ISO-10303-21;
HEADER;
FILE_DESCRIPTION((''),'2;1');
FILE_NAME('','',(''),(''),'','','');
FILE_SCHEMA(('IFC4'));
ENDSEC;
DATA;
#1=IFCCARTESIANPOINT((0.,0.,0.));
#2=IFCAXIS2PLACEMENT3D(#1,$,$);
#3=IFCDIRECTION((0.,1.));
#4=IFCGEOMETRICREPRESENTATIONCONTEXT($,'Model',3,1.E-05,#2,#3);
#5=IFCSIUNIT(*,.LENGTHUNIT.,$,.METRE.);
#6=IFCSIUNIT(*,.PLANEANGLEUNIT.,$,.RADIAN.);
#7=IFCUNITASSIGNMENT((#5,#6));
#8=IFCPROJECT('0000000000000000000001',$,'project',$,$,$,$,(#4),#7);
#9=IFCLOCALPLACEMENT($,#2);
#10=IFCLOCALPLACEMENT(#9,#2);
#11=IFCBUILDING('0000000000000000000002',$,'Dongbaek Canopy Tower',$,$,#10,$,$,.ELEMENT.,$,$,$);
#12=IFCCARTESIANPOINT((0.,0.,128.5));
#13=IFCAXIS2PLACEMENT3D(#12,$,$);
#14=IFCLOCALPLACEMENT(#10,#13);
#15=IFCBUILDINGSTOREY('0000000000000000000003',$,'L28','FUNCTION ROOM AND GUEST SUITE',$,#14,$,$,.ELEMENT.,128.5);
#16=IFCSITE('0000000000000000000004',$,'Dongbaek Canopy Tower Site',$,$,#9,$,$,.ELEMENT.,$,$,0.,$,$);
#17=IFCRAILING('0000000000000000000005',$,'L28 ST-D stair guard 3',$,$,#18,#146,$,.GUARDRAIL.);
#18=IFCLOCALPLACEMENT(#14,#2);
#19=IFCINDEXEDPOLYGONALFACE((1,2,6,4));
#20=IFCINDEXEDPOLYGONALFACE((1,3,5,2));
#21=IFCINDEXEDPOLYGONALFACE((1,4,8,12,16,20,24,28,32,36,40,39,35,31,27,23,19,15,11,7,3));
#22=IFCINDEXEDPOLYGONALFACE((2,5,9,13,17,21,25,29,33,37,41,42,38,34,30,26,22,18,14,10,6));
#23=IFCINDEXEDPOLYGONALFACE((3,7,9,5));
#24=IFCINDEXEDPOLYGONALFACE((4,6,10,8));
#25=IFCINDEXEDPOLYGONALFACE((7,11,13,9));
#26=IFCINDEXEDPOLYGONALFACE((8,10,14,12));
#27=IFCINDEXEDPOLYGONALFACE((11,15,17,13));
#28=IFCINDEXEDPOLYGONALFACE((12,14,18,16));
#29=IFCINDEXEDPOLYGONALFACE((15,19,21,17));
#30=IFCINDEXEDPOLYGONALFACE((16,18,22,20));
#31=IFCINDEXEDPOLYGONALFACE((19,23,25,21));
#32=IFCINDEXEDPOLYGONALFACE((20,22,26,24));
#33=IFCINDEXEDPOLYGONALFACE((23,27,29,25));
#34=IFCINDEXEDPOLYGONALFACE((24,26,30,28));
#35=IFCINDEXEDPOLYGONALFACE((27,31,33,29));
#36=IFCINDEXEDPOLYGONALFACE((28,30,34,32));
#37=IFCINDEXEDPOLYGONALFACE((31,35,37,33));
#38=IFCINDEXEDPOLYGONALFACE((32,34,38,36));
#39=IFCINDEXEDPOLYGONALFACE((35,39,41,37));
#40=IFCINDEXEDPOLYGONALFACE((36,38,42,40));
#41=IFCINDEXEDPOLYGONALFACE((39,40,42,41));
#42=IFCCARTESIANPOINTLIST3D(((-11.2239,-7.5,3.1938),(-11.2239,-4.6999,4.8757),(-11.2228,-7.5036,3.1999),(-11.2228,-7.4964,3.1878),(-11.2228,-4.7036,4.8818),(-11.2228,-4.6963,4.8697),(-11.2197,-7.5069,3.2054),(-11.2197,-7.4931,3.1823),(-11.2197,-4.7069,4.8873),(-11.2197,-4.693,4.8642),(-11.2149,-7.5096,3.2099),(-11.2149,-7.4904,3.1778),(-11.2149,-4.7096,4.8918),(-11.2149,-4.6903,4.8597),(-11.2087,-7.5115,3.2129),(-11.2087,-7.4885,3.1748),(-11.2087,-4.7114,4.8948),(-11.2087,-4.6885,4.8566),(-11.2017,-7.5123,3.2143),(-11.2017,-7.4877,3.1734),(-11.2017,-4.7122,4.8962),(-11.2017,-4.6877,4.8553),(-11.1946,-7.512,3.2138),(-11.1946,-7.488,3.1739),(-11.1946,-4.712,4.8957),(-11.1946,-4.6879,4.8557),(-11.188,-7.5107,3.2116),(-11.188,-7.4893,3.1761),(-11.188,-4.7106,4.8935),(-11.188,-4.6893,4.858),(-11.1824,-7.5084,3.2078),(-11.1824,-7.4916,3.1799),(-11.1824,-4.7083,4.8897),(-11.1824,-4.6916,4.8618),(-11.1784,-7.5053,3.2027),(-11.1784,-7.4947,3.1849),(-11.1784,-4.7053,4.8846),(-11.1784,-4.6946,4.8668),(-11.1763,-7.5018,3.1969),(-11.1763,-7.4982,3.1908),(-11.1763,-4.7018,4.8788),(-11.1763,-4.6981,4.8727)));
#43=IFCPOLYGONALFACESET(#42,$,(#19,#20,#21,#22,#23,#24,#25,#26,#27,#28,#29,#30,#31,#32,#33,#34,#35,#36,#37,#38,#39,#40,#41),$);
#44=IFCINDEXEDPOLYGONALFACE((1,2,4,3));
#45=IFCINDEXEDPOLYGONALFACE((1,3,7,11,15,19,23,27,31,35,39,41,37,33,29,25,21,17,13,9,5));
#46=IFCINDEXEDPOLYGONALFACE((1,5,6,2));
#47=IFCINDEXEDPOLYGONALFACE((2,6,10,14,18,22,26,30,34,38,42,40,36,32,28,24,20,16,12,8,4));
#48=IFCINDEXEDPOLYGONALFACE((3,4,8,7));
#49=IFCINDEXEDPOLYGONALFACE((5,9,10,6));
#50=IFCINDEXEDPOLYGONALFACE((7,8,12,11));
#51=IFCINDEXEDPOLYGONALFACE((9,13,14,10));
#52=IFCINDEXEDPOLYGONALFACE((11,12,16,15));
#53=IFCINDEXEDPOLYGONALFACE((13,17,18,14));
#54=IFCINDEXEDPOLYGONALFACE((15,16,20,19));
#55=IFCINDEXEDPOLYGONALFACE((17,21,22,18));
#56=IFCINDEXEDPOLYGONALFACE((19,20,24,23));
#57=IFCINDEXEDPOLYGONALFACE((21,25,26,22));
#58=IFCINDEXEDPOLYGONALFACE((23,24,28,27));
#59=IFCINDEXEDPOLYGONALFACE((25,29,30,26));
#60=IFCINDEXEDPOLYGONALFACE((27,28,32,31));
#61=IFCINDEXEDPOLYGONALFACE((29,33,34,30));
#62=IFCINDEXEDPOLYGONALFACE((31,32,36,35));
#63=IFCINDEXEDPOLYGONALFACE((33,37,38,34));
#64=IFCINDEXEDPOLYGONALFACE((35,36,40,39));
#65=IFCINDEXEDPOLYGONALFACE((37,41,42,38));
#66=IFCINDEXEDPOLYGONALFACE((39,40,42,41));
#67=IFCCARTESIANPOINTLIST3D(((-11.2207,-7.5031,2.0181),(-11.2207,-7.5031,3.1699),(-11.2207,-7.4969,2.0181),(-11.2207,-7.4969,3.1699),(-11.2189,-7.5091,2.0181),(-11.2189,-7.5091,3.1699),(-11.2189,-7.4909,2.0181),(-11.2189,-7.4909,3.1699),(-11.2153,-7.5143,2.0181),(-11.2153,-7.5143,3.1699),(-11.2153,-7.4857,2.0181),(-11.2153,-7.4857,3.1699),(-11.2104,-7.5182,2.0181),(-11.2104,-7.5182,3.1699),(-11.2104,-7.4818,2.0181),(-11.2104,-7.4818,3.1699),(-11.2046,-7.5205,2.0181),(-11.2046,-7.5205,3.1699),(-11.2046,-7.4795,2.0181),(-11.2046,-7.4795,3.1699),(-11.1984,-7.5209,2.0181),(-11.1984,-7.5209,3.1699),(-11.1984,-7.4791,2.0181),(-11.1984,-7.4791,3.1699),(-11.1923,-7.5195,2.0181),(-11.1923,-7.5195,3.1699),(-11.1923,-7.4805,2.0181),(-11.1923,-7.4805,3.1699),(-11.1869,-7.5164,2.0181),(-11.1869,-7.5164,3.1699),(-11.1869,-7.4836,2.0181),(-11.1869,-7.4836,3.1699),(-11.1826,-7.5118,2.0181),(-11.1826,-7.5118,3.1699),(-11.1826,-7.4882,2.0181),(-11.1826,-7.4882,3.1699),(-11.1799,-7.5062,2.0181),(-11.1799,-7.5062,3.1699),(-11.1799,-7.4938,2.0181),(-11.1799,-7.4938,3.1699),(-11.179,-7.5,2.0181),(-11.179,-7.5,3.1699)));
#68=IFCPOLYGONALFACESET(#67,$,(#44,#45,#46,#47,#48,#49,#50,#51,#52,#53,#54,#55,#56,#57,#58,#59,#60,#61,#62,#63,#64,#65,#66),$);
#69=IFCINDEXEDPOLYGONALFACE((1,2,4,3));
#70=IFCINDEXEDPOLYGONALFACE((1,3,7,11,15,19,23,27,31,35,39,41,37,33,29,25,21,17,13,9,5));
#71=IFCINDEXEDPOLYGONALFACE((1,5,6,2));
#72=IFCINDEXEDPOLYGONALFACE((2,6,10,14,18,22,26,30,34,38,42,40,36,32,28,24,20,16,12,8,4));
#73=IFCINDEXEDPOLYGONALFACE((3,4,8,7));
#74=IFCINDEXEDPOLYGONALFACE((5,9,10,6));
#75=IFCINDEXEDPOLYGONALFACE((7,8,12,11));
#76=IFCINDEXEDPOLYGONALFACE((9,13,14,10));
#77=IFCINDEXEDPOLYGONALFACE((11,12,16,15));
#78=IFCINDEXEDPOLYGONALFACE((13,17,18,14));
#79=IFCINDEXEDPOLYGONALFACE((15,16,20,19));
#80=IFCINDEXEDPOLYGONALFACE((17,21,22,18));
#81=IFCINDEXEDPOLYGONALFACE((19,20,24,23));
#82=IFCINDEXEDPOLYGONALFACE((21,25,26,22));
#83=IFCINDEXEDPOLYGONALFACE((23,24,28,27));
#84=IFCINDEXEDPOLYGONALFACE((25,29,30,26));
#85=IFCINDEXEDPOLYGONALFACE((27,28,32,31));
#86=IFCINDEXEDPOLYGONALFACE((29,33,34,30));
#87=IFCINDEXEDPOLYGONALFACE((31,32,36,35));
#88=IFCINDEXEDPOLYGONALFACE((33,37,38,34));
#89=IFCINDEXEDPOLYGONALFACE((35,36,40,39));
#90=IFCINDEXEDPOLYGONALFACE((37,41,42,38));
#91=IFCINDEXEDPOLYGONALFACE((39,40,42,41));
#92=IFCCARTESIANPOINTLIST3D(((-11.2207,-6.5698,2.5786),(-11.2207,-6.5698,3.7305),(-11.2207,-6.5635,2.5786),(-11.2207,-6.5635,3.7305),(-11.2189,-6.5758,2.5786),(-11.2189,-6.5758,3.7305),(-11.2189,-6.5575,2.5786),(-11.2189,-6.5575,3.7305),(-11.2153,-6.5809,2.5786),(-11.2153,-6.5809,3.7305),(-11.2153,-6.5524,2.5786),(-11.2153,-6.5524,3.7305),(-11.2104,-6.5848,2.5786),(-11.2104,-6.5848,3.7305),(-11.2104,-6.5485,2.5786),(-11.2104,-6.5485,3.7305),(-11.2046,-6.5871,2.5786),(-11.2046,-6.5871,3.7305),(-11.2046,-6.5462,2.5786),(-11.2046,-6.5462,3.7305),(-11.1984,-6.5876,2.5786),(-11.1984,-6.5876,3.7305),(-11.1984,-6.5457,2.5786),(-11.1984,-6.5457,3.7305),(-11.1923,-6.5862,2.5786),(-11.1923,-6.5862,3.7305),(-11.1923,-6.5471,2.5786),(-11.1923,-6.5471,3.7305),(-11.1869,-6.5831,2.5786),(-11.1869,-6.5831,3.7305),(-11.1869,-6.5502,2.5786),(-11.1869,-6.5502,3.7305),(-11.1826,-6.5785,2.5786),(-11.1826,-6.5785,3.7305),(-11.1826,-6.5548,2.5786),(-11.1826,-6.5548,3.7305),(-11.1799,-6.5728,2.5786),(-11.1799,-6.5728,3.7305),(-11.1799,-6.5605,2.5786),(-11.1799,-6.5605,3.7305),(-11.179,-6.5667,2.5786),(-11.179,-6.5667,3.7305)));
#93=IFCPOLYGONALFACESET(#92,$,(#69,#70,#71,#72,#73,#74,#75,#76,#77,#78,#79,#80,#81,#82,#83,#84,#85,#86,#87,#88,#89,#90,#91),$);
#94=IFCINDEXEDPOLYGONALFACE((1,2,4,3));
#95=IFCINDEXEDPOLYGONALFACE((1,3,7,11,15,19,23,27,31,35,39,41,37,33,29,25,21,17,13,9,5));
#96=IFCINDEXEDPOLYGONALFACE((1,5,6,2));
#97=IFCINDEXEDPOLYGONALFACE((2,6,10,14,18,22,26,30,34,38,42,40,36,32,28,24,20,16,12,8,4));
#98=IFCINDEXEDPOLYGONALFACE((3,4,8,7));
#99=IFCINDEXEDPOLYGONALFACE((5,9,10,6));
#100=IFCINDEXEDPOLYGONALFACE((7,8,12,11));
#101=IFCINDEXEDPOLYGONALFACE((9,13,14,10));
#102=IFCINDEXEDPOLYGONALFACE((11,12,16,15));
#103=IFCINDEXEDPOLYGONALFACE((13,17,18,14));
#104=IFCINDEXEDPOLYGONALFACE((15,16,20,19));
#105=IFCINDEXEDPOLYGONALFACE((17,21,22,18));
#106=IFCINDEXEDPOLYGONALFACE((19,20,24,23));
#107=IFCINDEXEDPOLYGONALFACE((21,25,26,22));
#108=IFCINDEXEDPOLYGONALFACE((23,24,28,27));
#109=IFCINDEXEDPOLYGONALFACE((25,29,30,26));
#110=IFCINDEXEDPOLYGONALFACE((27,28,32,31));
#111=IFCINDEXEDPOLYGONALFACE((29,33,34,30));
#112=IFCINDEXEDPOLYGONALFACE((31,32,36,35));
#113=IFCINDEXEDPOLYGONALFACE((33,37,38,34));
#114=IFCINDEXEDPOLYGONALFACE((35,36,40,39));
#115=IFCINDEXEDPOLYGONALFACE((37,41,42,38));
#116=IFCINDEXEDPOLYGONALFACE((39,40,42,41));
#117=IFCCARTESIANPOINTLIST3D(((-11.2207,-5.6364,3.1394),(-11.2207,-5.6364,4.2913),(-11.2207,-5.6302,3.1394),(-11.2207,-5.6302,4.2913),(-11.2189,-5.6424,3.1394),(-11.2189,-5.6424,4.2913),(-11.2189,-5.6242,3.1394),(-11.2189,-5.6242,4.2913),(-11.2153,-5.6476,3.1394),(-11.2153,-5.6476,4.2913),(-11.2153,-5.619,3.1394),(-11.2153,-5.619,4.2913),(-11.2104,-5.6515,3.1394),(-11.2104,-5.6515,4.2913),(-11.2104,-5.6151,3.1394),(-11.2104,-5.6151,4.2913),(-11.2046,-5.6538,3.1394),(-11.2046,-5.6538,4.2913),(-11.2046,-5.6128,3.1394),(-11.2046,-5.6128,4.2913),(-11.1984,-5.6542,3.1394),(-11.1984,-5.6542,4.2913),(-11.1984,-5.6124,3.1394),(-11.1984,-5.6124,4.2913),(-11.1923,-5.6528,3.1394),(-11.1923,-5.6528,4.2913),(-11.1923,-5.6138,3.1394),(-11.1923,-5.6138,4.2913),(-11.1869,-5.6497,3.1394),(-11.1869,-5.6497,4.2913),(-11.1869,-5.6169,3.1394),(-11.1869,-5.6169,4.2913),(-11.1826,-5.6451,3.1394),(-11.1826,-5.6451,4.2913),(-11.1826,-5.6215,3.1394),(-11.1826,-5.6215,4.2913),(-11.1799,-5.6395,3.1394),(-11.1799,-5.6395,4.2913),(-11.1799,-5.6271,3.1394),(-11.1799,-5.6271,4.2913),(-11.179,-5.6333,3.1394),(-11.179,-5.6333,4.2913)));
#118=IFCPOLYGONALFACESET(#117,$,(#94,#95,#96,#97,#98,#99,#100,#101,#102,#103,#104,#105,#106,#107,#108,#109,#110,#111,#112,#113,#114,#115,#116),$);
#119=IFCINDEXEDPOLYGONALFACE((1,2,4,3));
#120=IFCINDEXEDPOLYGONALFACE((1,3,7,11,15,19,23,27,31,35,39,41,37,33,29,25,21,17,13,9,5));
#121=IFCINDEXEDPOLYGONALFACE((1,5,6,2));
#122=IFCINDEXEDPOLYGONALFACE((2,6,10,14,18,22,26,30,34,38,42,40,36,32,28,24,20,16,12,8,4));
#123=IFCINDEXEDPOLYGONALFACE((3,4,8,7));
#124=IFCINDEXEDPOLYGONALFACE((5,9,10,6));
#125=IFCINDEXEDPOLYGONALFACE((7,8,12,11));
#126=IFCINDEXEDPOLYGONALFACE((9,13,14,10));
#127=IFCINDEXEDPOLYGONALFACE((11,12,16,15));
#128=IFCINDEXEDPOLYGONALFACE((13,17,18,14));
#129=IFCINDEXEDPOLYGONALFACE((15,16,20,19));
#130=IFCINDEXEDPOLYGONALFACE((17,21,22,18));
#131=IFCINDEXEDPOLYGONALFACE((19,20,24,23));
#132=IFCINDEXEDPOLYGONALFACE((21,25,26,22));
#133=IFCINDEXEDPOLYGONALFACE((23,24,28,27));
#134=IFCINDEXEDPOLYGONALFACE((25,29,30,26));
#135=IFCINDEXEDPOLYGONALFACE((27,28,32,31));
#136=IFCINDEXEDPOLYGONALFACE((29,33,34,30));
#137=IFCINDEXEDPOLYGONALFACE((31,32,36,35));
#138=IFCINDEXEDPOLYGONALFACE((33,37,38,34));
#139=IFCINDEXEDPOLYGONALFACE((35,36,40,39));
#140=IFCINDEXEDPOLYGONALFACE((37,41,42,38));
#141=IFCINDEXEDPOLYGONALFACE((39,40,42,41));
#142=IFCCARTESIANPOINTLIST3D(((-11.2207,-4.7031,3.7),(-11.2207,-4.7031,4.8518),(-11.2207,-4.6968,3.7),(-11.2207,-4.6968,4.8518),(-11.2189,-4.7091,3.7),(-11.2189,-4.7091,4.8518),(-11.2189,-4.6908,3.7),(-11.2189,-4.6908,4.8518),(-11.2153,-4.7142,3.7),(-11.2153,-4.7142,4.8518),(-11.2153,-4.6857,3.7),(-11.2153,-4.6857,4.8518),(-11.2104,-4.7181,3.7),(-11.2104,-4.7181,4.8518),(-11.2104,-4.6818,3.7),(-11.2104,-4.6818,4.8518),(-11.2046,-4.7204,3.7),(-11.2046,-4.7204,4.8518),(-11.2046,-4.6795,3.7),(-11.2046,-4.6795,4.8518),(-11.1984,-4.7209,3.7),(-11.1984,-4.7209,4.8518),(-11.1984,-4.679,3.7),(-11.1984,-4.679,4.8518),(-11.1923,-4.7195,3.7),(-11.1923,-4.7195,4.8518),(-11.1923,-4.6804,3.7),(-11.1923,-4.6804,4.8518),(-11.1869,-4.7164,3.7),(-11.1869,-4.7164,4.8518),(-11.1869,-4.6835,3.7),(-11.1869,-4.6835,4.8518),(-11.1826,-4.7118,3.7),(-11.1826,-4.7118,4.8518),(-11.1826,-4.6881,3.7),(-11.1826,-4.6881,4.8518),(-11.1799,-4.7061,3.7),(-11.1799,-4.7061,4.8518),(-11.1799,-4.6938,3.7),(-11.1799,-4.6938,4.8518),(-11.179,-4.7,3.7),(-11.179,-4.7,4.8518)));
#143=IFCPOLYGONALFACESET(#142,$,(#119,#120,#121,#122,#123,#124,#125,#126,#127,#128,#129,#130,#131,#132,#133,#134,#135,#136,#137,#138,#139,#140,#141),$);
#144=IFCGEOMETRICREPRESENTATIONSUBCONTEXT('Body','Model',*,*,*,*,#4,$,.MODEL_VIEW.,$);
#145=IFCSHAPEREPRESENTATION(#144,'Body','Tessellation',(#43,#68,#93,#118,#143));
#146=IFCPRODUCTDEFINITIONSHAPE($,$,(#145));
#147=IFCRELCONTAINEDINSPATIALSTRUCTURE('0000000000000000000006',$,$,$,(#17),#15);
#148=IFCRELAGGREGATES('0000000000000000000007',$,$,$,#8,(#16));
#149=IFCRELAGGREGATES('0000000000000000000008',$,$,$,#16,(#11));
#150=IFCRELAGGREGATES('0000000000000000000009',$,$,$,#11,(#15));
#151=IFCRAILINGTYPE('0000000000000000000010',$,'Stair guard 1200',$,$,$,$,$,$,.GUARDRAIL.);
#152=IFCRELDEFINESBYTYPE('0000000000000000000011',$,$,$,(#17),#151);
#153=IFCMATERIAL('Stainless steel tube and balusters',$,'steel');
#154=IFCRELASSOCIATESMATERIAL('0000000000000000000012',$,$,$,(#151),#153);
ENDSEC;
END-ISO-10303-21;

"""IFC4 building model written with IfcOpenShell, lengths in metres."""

from ifc_helpers import new_model, si_unit, direction, frame, origin, origin_2d, place, context, subcontext, project, spatial, circle, extrude, material, type_object, element, save


model = new_model("IFC4")

# Units and contexts
model_context = context("Model", 3, precision=1e-05, world=origin(), true_north=direction((0.0, 1.0)))
body_context = subcontext(model_context, "Body", "Model", "MODEL_VIEW")
ifc_project = project(units=[si_unit("LENGTHUNIT", "METRE"), si_unit("PLANEANGLEUNIT", "RADIAN")], contexts=[model_context])

# Site, building, storey
site_placement = place(None, origin())
site = spatial("IfcSite", under=ifc_project, at=site_placement, Name="Dongbaek Canopy Tower Site", CompositionType="ELEMENT", RefElevation=0.0)
building_placement = place(site_placement, origin())
building = spatial("IfcBuilding", under=site, at=building_placement, Name="Dongbaek Canopy Tower", CompositionType="ELEMENT")
storey_placement = place(building_placement, frame((0.0, 0.0, 128.5)))
storey = spatial("IfcBuildingStorey", under=building, at=storey_placement, Name="L28", Description="FUNCTION ROOM AND GUEST SUITE", CompositionType="ELEMENT", Elevation=128.5)

# Railing
ifc_material_1 = material(Name="Stainless steel tube and balusters", Category="steel")
railing_type_1 = type_object("IfcRailingType", Name="Stair guard 1200", PredefinedType="GUARDRAIL", material=ifc_material_1)
railing_1_placement = place(storey_placement, frame((-11.2, -7.5, 2.0181)))
element("IfcRailing", 1, at=railing_1_placement, inside=storey, type_object=railing_type_1, Name="L28 ST-D stair guard 3", PredefinedType="GUARDRAIL", context=body_context, shape_type="SweptSolid", body=[
    extrude(circle(Radius=0.0239, at=origin_2d()), frame((0.0, 0.0, 1.1758), z_axis=(0.0, 0.857242, 0.514913), x_axis=(-1.0, 0.0, 0.0)), (0.0, 0.0, 1.0), 3.2664),
    extrude(circle(Radius=0.021, at=origin_2d()), origin(), (0.0, 0.0, 1.0), 1.1519),
    extrude(circle(Radius=0.021, at=origin_2d()), frame((0.0, 0.9333, 0.5605)), (0.0, 0.0, 1.0), 1.1519),
    extrude(circle(Radius=0.021, at=origin_2d()), frame((0.0, 1.8667, 1.1213)), (0.0, 0.0, 1.0), 1.1519),
    extrude(circle(Radius=0.021, at=origin_2d()), frame((0.0, 2.8, 1.6819)), (0.0, 0.0, 1.0), 1.1519),
])

save(model, "model.ifc")
